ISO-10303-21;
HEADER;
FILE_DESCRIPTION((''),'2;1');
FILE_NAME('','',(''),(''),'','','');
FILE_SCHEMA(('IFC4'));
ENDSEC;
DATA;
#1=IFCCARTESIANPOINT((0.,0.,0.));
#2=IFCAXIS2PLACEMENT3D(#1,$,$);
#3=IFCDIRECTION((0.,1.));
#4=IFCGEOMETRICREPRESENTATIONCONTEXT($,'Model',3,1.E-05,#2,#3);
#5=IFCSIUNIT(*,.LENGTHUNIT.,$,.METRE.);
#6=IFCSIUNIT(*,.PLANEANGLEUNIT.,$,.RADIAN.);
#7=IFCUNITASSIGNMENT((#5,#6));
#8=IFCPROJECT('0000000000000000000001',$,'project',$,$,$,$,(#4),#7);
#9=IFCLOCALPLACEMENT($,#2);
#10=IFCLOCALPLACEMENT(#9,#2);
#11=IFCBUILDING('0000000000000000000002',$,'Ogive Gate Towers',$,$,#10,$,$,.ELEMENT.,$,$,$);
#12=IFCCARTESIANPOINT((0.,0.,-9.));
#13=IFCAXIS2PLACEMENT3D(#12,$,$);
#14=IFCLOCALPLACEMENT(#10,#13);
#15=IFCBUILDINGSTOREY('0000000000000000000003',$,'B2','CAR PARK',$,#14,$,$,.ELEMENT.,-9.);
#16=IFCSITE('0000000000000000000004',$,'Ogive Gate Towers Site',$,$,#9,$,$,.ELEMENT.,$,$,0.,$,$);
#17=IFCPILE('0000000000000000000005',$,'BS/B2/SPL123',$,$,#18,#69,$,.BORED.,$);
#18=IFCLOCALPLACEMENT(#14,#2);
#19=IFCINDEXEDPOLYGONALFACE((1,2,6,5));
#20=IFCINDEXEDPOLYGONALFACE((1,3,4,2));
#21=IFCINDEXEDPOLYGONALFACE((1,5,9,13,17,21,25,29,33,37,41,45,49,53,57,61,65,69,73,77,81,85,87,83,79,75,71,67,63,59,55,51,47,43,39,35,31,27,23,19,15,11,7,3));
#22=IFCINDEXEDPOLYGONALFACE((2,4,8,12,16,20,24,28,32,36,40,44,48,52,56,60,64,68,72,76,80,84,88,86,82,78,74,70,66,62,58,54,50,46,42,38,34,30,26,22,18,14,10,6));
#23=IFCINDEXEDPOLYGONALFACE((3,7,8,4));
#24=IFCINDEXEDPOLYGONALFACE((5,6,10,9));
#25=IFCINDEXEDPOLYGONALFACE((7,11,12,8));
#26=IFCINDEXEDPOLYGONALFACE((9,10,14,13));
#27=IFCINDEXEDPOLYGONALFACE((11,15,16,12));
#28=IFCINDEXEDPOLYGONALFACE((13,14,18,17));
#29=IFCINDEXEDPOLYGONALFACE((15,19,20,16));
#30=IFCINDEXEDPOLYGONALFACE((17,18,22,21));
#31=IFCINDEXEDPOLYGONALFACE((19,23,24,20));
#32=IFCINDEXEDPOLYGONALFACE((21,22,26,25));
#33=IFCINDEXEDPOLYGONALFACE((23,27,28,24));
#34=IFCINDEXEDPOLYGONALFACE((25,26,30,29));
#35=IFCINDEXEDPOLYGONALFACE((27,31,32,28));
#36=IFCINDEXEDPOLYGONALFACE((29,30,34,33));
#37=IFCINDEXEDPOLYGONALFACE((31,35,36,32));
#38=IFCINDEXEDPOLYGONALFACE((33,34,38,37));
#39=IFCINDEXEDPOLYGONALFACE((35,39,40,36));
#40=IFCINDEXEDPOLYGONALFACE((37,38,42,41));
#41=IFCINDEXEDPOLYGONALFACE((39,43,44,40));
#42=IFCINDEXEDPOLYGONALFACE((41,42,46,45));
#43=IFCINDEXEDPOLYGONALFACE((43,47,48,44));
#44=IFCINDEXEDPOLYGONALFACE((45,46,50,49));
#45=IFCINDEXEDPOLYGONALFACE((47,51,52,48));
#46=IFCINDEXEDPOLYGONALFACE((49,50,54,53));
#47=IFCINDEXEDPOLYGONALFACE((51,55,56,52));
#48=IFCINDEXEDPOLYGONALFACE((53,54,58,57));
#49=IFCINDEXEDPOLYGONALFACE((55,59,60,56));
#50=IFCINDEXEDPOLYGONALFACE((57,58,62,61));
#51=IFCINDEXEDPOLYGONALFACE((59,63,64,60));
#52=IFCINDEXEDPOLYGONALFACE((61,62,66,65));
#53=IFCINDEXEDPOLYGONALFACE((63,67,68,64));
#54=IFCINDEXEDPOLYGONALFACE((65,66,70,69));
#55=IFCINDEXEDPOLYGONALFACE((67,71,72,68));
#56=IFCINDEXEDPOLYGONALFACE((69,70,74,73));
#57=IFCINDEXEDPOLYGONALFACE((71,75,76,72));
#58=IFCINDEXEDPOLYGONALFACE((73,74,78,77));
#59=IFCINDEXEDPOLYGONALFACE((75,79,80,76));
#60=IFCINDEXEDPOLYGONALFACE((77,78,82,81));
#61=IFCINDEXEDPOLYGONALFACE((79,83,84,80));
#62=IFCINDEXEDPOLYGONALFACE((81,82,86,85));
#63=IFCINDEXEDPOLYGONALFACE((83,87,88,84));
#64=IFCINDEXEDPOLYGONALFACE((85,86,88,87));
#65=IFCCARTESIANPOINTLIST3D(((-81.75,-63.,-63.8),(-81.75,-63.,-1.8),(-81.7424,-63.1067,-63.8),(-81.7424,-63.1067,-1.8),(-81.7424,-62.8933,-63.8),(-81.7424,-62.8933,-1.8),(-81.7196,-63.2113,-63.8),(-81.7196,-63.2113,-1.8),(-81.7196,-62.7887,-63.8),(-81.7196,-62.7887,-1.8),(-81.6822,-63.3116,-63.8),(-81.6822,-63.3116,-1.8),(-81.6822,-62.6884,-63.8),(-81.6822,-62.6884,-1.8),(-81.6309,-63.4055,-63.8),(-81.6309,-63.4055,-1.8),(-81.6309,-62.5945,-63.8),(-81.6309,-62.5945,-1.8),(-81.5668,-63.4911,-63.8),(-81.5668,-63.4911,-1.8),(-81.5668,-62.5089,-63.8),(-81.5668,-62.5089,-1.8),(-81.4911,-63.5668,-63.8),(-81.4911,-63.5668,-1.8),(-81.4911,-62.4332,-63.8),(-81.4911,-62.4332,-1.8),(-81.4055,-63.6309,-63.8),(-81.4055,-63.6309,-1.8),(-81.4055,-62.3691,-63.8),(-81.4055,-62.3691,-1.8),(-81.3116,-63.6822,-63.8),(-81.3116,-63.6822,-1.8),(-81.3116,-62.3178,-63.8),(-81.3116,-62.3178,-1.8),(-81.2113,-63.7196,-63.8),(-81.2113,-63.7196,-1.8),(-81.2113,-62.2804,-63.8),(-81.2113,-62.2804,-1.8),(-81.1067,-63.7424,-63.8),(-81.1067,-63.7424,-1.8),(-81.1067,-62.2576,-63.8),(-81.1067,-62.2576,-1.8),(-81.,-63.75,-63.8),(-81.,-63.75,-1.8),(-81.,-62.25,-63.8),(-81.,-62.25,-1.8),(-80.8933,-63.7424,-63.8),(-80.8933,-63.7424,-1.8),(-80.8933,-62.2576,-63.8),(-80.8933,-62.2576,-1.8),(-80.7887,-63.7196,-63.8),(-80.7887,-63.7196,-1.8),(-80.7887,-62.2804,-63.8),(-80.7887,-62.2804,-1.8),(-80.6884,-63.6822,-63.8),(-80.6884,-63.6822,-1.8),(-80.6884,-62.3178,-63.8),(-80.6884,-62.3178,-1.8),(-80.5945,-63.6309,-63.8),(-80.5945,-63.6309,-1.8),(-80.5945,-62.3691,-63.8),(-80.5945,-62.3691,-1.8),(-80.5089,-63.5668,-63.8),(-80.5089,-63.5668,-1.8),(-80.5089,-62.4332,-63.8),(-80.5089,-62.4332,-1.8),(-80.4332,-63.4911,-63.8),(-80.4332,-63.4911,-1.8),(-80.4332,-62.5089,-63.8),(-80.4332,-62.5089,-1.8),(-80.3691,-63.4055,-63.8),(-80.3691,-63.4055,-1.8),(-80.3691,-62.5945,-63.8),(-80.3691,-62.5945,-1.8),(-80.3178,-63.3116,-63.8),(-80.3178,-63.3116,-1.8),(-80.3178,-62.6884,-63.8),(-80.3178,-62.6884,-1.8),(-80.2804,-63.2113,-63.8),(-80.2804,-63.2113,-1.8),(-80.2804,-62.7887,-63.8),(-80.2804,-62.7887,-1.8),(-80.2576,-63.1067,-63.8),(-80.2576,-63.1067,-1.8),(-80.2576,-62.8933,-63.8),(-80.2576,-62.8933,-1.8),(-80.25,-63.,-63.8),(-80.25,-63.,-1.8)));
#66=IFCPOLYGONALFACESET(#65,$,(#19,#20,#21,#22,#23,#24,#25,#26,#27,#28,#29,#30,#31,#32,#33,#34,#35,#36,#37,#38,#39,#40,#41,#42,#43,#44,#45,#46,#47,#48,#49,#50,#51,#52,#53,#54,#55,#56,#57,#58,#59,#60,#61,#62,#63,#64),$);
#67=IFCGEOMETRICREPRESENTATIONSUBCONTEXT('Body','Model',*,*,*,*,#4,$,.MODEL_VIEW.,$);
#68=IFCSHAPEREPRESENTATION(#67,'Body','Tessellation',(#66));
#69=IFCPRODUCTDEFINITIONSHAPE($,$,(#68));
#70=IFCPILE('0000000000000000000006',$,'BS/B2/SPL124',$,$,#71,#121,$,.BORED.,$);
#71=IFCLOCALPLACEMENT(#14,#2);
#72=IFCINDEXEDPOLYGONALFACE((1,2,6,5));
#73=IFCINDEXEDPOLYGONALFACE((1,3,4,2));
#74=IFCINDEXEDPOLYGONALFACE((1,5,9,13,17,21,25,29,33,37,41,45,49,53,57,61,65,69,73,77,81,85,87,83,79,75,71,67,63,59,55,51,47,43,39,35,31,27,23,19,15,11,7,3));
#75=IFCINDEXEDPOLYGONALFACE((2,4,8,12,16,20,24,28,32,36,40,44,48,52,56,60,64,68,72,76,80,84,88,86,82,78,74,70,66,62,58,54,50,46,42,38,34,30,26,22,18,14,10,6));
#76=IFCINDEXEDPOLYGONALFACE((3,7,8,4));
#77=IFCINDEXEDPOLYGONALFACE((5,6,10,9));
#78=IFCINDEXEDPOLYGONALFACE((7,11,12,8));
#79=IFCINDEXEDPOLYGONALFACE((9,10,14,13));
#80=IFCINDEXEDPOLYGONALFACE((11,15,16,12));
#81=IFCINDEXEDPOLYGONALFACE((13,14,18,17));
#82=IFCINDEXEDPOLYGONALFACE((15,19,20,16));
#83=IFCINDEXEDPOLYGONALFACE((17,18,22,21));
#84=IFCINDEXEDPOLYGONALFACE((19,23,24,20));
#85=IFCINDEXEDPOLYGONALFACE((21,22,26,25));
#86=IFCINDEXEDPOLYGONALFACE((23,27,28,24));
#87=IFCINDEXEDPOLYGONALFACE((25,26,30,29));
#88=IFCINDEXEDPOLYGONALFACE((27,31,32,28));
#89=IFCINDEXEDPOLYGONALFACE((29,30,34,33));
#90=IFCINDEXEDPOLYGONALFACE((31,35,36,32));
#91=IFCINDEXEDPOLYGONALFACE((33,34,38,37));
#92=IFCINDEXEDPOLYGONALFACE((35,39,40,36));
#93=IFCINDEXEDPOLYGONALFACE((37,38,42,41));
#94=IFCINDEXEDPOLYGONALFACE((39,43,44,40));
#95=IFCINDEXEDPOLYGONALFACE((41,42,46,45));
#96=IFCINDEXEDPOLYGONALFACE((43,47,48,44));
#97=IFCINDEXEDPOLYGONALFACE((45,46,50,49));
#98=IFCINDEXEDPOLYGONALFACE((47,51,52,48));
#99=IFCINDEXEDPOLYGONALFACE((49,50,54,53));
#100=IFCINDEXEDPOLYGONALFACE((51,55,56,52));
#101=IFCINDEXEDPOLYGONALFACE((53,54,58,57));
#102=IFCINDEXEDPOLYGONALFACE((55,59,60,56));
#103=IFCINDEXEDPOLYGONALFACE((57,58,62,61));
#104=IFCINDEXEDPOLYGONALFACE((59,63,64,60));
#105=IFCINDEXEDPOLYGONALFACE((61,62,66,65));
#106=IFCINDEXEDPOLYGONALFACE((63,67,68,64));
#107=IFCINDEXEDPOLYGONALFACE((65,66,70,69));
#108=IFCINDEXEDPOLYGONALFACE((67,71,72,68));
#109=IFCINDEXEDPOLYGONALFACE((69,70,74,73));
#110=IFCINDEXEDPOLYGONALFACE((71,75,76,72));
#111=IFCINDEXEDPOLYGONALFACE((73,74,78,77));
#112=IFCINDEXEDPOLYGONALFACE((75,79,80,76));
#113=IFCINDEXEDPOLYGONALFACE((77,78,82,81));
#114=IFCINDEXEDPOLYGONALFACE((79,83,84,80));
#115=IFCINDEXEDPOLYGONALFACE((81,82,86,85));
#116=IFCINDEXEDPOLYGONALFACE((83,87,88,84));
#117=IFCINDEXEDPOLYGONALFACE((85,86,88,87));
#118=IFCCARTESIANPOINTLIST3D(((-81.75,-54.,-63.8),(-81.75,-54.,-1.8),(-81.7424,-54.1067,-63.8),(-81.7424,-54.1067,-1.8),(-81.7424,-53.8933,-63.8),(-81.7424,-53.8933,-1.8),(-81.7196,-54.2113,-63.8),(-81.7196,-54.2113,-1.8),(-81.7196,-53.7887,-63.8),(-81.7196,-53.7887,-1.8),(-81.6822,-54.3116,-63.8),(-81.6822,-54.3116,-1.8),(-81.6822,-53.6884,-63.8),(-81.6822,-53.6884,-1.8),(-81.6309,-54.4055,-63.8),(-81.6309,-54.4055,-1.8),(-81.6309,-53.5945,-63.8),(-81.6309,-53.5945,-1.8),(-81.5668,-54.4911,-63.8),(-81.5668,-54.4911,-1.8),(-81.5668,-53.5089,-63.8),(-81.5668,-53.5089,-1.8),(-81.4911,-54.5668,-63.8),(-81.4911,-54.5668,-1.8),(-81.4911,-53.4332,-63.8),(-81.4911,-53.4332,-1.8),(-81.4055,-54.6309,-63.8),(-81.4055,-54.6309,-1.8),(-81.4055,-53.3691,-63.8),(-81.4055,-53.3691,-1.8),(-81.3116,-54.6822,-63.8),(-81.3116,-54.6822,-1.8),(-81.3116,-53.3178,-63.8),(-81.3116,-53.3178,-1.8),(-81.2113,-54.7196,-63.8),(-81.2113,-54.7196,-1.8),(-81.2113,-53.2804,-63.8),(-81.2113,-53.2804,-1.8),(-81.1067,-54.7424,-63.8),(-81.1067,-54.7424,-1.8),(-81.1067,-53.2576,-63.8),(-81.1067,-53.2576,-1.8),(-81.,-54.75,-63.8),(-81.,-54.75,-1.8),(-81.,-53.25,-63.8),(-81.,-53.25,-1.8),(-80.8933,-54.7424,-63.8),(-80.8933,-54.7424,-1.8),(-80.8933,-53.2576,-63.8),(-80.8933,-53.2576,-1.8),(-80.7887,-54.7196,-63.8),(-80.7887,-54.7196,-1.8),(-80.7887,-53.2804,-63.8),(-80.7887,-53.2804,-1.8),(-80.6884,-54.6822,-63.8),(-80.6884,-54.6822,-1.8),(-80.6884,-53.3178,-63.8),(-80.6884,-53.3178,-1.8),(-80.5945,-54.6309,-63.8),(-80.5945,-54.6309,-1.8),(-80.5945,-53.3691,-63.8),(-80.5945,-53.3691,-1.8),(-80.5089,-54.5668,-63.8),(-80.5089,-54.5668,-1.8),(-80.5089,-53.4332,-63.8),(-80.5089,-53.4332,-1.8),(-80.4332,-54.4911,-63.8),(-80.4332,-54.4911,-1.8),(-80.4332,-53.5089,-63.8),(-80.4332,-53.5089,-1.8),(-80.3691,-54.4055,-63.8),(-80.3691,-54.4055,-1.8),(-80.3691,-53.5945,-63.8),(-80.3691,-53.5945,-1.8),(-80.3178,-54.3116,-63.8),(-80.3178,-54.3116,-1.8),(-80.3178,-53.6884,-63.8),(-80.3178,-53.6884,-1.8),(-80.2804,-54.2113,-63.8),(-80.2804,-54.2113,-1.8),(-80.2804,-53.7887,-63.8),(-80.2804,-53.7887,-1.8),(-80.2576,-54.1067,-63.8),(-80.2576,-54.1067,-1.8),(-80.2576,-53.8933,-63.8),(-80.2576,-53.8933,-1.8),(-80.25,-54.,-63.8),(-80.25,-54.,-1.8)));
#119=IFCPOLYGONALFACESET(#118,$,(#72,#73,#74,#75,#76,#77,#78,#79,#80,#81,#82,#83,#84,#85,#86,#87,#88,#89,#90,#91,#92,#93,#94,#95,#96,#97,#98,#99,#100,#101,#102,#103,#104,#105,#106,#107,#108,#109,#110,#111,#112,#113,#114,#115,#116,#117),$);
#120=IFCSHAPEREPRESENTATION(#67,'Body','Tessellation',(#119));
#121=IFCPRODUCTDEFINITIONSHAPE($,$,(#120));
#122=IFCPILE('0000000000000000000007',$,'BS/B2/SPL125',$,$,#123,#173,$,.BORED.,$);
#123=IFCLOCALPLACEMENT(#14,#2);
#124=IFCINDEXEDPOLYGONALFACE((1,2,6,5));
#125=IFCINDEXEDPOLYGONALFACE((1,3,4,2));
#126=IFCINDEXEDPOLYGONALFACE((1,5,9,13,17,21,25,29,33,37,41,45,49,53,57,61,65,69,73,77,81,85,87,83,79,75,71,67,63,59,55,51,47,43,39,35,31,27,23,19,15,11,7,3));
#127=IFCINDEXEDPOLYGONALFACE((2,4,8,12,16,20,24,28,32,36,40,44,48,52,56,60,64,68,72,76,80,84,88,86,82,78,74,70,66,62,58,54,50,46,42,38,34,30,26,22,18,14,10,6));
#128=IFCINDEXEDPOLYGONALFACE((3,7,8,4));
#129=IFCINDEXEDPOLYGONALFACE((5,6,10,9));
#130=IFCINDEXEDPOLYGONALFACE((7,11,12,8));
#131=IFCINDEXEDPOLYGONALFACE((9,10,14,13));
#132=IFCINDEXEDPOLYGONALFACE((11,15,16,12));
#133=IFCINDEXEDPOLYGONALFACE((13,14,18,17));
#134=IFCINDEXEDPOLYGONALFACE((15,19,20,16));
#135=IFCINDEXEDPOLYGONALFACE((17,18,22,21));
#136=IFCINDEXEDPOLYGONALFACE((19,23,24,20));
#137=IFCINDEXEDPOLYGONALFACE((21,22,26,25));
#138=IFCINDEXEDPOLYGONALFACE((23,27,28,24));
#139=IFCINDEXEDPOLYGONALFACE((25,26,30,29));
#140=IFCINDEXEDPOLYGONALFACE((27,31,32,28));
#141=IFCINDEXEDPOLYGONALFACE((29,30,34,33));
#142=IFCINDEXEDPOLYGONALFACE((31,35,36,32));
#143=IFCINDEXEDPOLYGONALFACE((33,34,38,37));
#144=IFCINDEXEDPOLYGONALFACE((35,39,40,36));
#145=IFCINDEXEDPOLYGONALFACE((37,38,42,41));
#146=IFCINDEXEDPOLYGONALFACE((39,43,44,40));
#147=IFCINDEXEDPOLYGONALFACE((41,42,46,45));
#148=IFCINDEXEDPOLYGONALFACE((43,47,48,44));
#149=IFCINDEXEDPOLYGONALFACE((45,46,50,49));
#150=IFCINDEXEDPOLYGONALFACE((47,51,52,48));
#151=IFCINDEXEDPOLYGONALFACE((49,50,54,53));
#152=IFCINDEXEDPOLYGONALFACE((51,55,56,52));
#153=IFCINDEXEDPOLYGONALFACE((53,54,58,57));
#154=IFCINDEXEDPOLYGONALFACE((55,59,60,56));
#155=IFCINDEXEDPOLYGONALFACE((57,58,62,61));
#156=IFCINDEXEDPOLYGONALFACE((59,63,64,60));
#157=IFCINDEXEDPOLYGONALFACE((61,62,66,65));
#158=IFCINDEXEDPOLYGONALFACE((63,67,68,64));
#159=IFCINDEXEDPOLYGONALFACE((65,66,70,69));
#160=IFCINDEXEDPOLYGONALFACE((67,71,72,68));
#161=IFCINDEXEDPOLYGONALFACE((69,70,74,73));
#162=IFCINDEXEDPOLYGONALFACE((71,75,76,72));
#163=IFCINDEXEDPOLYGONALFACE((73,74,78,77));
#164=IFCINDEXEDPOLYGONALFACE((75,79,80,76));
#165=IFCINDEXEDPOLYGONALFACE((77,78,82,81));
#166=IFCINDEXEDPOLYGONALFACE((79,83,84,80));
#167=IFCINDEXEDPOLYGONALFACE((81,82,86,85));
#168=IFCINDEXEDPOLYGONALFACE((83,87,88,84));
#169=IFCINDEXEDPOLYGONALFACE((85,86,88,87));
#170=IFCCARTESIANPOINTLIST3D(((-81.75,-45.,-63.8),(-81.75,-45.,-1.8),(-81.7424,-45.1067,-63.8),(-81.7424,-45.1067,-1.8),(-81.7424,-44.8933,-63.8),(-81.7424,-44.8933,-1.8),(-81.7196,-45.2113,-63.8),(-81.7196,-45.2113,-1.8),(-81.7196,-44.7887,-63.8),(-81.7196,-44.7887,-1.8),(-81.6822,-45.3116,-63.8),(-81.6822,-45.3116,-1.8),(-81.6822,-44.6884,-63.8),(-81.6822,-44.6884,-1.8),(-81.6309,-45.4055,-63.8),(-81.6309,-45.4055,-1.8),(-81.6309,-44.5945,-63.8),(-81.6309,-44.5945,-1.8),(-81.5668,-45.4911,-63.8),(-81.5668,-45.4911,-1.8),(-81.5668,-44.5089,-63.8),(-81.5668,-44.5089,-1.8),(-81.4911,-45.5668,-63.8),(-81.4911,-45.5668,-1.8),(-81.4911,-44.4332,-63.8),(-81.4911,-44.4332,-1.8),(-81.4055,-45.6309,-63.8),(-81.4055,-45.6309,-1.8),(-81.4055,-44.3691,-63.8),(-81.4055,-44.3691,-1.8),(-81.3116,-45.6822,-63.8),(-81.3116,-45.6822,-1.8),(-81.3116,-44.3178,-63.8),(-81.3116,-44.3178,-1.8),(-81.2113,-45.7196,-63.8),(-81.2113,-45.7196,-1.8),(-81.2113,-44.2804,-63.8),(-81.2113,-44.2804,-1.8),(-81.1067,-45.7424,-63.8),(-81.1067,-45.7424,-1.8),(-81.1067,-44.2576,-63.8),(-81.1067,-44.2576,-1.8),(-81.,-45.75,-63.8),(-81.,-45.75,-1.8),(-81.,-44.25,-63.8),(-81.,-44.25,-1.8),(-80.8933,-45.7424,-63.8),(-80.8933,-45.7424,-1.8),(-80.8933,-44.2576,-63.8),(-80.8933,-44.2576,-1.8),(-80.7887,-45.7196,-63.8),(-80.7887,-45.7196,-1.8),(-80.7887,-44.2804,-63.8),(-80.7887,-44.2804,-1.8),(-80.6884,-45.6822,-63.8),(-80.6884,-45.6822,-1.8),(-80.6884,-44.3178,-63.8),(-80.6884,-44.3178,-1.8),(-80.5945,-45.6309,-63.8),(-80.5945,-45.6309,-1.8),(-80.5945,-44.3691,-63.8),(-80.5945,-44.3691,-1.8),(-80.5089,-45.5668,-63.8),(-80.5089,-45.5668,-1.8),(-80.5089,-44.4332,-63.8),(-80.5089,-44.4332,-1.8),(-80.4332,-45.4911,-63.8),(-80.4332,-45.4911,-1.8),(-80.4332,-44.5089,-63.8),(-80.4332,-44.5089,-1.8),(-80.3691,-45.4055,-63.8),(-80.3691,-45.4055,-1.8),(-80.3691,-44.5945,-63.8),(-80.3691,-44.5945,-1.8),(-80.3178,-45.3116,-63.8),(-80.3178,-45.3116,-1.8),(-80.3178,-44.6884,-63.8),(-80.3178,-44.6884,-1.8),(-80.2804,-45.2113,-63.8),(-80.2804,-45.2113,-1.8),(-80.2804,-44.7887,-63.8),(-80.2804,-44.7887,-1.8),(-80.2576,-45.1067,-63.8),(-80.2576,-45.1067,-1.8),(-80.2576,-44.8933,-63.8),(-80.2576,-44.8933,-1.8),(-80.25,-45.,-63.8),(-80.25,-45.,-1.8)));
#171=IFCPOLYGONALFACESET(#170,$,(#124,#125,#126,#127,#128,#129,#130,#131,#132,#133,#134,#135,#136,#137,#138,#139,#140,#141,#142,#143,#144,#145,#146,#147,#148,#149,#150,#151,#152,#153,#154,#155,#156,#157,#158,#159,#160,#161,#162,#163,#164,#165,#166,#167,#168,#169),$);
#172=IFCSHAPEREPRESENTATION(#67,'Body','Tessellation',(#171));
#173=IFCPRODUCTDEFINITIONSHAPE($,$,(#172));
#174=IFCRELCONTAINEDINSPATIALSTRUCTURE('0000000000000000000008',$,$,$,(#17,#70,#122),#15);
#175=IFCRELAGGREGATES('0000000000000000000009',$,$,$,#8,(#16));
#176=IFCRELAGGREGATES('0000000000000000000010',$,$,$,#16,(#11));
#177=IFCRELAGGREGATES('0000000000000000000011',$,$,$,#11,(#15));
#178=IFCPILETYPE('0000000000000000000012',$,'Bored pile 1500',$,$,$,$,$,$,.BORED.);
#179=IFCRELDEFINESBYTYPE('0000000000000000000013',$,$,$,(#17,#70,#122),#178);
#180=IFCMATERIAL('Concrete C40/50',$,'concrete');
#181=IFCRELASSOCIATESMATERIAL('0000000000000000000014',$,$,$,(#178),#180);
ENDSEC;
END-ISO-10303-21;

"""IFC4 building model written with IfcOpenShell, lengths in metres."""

from ifc_helpers import new_model, si_unit, direction, frame, origin, origin_2d, place, context, subcontext, project, spatial, circle, extrude, material, material_profile, profile_set, type_object, element, save


model = new_model("IFC4")

# Units and contexts
model_context = context("Model", 3, precision=1e-05, world=origin(), true_north=direction((0.0, 1.0)))
body_context = subcontext(model_context, "Body", "Model", "MODEL_VIEW")
ifc_project = project(units=[si_unit("LENGTHUNIT", "METRE"), si_unit("PLANEANGLEUNIT", "RADIAN")], contexts=[model_context])

# Site, building, storey
site_placement = place(None, origin())
site = spatial("IfcSite", under=ifc_project, at=site_placement, Name="Ogive Gate Towers Site", CompositionType="ELEMENT", RefElevation=0.0)
building_placement = place(site_placement, origin())
building = spatial("IfcBuilding", under=site, at=building_placement, Name="Ogive Gate Towers", CompositionType="ELEMENT")
storey_placement = place(building_placement, frame((0.0, 0.0, -9.0)))
storey = spatial("IfcBuildingStorey", under=building, at=storey_placement, Name="B2", Description="CAR PARK", CompositionType="ELEMENT", Elevation=-9.0)

# Piles
ifc_material_1 = material(Name="Concrete C40/50", Category="concrete")
ifc_material_profile_1 = material_profile(ifc_material_1, circle(Radius=0.75, at=origin_2d()), Name="BP 1500")
ifc_profile_set_1 = profile_set([ifc_material_profile_1], Name="Concrete C40/50")
pile_type = type_object("IfcPileType", Name="Bored pile 1500", PredefinedType="BORED", material=ifc_profile_set_1)
for number, where, z_axis, x_axis, name in (
    (1, (-81.0, -63.0, -1.8), (0.0, 0.0, -1.0), (1.0, 0.0, 0.0), "BS/B2/SPL123"),
    (2, (-81.0, -54.0, -1.8), (0.0, 0.0, -1.0), (1.0, 0.0, 0.0), "BS/B2/SPL124"),
    (3, (-81.0, -45.0, -1.8), (0.0, 0.0, -1.0), (1.0, 0.0, 0.0), "BS/B2/SPL125"),
):
    element("IfcPile", number, at=place(storey_placement, frame(where, z_axis=z_axis, x_axis=x_axis)), inside=storey, type_object=pile_type, Name=name, PredefinedType="BORED", context=body_context, shape_type="SweptSolid", body=[
        extrude(circle(Radius=0.75, at=origin_2d()), origin(), (0.0, 0.0, 1.0), 62.0),
    ])

save(model, "model.ifc")
